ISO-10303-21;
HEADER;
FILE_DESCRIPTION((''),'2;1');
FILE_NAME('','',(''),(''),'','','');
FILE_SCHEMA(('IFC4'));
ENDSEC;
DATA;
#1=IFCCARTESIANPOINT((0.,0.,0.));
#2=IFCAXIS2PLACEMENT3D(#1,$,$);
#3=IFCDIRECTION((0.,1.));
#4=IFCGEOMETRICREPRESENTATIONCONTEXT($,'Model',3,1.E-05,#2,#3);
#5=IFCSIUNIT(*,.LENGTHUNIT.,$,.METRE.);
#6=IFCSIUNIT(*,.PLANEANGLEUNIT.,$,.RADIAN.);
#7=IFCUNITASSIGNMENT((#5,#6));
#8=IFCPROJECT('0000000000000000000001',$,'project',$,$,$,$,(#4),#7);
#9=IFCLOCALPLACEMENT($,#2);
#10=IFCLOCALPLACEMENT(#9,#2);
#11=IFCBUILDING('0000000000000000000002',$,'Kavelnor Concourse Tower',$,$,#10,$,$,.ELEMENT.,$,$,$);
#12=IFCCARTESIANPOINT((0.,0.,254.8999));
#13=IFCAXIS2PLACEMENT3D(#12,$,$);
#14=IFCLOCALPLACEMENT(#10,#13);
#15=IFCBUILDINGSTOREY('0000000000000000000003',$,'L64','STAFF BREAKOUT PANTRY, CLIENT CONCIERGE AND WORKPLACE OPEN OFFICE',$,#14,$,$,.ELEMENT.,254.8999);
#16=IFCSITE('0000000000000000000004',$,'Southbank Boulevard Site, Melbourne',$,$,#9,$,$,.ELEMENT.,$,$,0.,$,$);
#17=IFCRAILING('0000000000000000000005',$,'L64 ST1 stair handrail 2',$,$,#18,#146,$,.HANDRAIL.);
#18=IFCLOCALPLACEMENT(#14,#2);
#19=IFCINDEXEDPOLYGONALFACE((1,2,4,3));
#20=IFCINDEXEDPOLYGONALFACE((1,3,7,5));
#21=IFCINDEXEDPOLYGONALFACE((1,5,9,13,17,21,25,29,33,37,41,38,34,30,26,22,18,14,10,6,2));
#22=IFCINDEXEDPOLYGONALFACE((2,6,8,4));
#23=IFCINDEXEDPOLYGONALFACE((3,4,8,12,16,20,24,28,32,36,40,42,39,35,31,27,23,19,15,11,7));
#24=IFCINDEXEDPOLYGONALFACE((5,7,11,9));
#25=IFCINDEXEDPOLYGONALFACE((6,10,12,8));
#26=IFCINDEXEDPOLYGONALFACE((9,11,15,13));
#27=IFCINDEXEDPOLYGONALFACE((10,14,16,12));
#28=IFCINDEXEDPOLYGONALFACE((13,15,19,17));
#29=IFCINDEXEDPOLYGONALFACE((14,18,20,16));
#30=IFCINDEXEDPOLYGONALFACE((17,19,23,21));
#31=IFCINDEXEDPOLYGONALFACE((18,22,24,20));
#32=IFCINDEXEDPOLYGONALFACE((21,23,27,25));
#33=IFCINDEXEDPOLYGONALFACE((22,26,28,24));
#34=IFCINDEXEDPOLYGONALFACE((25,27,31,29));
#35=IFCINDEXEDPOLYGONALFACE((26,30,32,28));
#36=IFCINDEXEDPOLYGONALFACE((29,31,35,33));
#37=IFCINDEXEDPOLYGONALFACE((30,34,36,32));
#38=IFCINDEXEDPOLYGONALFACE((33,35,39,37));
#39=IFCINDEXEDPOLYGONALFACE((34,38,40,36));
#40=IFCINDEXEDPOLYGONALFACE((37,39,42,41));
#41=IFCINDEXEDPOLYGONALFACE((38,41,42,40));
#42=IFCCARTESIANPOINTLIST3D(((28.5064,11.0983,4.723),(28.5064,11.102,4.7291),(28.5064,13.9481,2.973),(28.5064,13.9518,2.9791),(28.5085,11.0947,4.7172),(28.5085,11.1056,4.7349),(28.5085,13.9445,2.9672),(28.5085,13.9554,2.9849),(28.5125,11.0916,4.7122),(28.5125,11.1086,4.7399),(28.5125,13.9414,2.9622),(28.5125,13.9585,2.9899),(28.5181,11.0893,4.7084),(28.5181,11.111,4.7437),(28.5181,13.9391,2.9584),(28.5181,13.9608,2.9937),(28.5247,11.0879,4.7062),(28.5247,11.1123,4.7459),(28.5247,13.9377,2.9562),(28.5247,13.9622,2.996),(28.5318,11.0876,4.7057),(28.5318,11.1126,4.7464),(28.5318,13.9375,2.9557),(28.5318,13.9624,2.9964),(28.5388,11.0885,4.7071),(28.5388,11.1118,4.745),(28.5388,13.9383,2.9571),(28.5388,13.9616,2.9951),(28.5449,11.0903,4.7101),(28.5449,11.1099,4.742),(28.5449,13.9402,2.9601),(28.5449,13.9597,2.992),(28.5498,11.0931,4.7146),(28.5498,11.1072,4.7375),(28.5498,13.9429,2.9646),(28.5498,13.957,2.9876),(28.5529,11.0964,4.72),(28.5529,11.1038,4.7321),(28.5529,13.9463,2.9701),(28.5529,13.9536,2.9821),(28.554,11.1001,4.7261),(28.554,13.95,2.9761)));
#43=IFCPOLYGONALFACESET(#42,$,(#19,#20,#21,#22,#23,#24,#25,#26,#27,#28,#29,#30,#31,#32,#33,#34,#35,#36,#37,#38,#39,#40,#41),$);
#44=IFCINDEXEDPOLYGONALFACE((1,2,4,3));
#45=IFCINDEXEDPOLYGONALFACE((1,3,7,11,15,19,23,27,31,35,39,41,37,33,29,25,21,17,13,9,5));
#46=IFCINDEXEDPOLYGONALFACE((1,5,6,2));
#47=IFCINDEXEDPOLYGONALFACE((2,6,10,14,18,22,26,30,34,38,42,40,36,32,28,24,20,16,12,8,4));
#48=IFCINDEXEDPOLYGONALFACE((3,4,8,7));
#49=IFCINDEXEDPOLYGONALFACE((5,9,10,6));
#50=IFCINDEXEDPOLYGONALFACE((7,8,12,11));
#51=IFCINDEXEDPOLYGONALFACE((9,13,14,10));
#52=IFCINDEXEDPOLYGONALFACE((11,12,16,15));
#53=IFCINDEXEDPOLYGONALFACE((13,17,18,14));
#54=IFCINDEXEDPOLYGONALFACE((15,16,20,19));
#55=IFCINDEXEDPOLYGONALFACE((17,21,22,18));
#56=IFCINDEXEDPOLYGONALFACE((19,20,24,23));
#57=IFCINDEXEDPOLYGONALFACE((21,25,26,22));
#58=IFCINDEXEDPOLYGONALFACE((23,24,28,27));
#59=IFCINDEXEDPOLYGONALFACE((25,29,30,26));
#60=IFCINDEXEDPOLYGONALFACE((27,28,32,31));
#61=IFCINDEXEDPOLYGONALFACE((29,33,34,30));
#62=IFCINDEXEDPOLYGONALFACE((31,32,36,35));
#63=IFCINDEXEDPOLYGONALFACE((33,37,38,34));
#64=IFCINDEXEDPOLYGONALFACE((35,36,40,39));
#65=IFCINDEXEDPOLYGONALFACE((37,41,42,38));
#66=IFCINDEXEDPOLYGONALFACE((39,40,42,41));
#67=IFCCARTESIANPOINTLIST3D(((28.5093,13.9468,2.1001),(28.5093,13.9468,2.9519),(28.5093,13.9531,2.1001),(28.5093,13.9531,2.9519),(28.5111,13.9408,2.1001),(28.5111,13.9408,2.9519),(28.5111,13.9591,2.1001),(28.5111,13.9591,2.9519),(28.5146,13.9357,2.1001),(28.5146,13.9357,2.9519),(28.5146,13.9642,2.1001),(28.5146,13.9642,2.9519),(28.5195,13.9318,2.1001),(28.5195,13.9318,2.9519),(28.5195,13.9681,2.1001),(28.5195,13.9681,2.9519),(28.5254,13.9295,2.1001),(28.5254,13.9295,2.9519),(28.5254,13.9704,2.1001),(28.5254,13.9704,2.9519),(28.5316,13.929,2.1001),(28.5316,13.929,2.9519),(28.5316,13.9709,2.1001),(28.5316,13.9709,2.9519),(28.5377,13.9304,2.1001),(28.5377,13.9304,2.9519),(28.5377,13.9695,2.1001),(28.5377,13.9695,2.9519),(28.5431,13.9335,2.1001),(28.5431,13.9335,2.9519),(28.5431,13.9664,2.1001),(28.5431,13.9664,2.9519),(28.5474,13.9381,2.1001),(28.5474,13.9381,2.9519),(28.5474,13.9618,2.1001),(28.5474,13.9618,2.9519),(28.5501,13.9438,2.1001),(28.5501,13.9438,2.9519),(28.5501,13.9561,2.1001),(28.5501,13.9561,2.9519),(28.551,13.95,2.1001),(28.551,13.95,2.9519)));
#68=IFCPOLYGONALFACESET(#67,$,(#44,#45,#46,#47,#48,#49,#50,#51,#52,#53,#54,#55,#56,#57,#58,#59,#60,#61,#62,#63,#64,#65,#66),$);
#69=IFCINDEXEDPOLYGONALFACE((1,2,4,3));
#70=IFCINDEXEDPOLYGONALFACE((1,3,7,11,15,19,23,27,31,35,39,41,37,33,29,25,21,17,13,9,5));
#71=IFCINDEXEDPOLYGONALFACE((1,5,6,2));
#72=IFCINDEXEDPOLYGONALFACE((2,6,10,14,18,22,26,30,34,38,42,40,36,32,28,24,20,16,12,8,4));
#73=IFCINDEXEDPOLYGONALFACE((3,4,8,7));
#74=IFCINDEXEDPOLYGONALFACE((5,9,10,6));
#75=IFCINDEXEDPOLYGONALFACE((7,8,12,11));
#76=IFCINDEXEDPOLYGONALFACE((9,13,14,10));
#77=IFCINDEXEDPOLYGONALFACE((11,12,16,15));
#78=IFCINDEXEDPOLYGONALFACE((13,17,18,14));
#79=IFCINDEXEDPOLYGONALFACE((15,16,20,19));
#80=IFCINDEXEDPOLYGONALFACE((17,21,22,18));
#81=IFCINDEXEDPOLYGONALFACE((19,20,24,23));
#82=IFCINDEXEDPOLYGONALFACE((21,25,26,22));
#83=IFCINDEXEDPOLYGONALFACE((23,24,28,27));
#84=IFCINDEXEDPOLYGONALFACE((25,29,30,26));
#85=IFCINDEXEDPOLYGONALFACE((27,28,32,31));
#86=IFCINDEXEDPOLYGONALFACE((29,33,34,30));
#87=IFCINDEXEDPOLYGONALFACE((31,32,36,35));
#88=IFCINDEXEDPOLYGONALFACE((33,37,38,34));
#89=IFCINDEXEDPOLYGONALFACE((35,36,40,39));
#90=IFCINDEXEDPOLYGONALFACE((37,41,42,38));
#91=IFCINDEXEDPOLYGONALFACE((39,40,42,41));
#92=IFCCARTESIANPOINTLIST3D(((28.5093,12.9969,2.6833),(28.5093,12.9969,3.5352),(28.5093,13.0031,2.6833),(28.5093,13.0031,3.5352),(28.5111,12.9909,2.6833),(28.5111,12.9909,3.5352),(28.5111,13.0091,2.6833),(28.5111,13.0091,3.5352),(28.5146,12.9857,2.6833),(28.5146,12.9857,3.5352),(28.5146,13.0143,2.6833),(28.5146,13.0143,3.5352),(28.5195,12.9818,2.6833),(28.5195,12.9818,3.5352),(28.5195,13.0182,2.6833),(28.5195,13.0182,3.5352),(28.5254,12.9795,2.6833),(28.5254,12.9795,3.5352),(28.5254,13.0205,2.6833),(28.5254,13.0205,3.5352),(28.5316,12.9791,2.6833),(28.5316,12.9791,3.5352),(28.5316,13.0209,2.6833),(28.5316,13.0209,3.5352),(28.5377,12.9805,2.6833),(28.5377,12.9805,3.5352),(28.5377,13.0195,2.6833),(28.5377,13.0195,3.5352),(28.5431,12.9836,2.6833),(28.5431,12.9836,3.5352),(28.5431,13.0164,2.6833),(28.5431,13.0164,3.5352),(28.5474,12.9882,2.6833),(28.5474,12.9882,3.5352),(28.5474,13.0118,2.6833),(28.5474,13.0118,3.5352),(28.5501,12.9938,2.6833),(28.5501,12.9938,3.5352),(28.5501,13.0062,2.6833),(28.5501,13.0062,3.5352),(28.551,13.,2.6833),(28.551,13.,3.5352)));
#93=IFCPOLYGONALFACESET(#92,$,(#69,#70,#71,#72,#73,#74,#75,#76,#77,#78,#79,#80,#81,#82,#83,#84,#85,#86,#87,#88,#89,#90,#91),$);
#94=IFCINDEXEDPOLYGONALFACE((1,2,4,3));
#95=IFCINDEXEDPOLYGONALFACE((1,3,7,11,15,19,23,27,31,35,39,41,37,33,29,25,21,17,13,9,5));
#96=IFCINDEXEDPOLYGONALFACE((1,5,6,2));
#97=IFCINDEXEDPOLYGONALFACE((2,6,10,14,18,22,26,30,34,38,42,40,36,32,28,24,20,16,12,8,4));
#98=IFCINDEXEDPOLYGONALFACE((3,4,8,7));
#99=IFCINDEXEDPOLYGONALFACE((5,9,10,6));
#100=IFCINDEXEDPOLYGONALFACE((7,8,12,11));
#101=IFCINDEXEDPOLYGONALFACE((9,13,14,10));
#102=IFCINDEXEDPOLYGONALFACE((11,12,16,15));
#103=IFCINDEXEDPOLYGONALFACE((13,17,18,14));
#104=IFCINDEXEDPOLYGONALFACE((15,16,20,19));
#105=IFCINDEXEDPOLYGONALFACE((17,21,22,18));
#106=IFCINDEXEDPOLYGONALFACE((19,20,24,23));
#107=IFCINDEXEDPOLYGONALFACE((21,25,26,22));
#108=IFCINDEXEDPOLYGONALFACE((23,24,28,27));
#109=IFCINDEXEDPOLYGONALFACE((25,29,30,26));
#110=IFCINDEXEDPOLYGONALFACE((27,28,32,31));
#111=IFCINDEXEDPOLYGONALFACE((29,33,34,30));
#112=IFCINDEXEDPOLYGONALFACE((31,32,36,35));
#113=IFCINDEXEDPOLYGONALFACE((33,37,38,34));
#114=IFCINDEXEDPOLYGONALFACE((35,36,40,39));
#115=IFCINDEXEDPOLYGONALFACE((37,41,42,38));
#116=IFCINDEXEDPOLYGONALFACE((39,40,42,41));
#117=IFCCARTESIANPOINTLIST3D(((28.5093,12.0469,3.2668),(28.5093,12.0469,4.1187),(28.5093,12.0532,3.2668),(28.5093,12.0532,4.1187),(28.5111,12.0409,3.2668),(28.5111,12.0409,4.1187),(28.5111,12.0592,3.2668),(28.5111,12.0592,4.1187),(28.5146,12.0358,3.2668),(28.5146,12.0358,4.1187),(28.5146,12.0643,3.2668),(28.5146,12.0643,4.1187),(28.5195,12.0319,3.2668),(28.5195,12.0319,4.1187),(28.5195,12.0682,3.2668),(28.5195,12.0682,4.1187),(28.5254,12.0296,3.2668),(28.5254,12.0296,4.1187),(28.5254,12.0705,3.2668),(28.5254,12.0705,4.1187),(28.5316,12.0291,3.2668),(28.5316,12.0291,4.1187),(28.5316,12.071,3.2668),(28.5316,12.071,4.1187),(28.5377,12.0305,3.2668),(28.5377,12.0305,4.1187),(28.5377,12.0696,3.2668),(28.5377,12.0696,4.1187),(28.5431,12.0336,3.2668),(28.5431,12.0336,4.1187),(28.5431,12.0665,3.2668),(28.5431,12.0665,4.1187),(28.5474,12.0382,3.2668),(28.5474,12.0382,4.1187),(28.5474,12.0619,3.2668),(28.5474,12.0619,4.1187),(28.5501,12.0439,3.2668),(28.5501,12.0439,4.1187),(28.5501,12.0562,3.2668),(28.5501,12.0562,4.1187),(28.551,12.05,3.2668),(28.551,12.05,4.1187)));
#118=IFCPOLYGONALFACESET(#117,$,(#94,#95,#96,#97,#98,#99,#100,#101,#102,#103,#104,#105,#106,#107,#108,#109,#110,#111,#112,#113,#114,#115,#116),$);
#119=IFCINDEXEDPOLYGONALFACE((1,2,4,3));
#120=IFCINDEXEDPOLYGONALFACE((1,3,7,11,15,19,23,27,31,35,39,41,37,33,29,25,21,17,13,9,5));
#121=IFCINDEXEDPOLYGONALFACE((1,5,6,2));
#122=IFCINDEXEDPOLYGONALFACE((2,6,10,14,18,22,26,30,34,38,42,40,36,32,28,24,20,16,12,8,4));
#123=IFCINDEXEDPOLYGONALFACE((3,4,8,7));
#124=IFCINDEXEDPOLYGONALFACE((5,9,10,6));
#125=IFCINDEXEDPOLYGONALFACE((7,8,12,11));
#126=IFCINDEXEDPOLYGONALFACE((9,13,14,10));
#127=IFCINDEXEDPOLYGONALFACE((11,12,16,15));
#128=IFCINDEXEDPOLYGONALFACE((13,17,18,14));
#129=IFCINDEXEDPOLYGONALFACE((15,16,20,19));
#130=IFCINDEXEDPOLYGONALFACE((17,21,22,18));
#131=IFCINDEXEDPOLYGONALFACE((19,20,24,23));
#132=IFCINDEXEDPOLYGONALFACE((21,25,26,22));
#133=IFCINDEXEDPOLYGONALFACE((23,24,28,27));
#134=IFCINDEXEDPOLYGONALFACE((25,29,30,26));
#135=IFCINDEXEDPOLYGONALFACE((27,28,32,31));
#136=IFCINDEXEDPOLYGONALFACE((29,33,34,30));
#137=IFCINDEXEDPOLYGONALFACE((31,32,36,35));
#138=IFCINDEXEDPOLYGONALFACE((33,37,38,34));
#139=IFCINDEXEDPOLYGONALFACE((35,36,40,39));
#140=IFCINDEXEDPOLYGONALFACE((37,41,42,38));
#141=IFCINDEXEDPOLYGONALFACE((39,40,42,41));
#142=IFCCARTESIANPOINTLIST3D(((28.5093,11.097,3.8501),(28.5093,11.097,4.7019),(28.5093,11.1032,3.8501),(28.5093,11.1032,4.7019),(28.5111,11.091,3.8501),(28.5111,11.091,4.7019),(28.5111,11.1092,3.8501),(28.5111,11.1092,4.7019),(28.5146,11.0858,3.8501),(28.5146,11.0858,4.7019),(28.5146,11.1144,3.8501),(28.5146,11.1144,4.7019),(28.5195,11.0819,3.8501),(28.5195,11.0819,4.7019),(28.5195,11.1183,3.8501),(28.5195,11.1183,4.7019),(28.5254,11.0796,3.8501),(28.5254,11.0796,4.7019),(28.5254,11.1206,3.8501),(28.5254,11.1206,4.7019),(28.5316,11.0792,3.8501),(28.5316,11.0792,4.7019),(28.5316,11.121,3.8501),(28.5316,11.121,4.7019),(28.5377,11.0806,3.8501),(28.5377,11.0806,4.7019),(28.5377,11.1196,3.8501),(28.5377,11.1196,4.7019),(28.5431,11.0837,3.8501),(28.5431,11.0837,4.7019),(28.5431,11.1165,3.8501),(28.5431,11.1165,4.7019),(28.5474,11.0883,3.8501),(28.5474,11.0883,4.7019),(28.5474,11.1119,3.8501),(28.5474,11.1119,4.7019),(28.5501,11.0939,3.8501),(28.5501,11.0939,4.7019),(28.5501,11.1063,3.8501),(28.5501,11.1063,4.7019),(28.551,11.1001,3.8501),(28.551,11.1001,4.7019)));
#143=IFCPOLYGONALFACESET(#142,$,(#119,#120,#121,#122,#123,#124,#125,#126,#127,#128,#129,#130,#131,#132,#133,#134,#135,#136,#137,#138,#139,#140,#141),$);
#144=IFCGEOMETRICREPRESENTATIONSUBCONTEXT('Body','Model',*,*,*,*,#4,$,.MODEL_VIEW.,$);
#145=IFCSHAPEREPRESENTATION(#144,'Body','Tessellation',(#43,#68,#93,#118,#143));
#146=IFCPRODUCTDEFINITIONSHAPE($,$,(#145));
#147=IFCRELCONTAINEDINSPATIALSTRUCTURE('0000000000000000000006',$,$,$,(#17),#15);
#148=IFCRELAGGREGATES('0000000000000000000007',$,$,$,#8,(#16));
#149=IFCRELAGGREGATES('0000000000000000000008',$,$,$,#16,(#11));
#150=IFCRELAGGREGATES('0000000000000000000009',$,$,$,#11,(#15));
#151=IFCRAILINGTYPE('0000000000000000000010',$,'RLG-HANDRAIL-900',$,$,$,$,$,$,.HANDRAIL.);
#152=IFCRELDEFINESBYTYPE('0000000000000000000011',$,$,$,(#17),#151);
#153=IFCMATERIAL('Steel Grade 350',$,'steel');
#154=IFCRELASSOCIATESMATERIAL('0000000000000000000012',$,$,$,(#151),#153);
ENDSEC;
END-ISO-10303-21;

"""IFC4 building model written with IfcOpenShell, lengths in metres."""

from ifc_helpers import new_model, si_unit, direction, frame, origin, origin_2d, place, context, subcontext, project, spatial, circle, extrude, material, type_object, element, save


model = new_model("IFC4")

# Units and contexts
model_context = context("Model", 3, precision=1e-05, world=origin(), true_north=direction((0.0, 1.0)))
body_context = subcontext(model_context, "Body", "Model", "MODEL_VIEW")
ifc_project = project(units=[si_unit("LENGTHUNIT", "METRE"), si_unit("PLANEANGLEUNIT", "RADIAN")], contexts=[model_context])

# Site, building, storey
site_placement = place(None, origin())
site = spatial("IfcSite", under=ifc_project, at=site_placement, Name="Southbank Boulevard Site, Melbourne", CompositionType="ELEMENT", RefElevation=0.0)
building_placement = place(site_placement, origin())
building = spatial("IfcBuilding", under=site, at=building_placement, Name="Kavelnor Concourse Tower", CompositionType="ELEMENT")
storey_placement = place(building_placement, frame((0.0, 0.0, 254.8999)))
storey = spatial("IfcBuildingStorey", under=building, at=storey_placement, Name="L64", Description="STAFF BREAKOUT PANTRY, CLIENT CONCIERGE AND WORKPLACE OPEN OFFICE", CompositionType="ELEMENT", Elevation=254.8999)

# Shared definitions
ifc_material_1 = material(Name="Steel Grade 350", Category="steel")

# Railing
railing_type_1 = type_object("IfcRailingType", Name="RLG-HANDRAIL-900", PredefinedType="HANDRAIL", material=ifc_material_1)
railing_1_placement = place(storey_placement, frame((28.53, 13.95, 2.1001)))
element("IfcRailing", 1, at=railing_1_placement, inside=storey, type_object=railing_type_1, Name="L64 ST1 stair handrail 2", PredefinedType="HANDRAIL", context=body_context, shape_type="SweptSolid", body=[
    extrude(circle(Radius=0.0239, at=origin_2d()), frame((0.0, 0.0, 0.876), z_axis=(0.0, -0.852159, 0.523283), x_axis=(1.0, 0.0, 0.0)), (0.0, 0.0, 1.0), 3.3442),
    extrude(circle(Radius=0.021, at=origin_2d()), origin(), (0.0, 0.0, 1.0), 0.8518),
    extrude(circle(Radius=0.021, at=origin_2d()), frame((0.0, -0.95, 0.5833)), (0.0, 0.0, 1.0), 0.8518),
    extrude(circle(Radius=0.021, at=origin_2d()), frame((0.0, -1.8999, 1.1667)), (0.0, 0.0, 1.0), 0.8518),
    extrude(circle(Radius=0.021, at=origin_2d()), frame((0.0, -2.8499, 1.75)), (0.0, 0.0, 1.0), 0.8518),
])

save(model, "model.ifc")
